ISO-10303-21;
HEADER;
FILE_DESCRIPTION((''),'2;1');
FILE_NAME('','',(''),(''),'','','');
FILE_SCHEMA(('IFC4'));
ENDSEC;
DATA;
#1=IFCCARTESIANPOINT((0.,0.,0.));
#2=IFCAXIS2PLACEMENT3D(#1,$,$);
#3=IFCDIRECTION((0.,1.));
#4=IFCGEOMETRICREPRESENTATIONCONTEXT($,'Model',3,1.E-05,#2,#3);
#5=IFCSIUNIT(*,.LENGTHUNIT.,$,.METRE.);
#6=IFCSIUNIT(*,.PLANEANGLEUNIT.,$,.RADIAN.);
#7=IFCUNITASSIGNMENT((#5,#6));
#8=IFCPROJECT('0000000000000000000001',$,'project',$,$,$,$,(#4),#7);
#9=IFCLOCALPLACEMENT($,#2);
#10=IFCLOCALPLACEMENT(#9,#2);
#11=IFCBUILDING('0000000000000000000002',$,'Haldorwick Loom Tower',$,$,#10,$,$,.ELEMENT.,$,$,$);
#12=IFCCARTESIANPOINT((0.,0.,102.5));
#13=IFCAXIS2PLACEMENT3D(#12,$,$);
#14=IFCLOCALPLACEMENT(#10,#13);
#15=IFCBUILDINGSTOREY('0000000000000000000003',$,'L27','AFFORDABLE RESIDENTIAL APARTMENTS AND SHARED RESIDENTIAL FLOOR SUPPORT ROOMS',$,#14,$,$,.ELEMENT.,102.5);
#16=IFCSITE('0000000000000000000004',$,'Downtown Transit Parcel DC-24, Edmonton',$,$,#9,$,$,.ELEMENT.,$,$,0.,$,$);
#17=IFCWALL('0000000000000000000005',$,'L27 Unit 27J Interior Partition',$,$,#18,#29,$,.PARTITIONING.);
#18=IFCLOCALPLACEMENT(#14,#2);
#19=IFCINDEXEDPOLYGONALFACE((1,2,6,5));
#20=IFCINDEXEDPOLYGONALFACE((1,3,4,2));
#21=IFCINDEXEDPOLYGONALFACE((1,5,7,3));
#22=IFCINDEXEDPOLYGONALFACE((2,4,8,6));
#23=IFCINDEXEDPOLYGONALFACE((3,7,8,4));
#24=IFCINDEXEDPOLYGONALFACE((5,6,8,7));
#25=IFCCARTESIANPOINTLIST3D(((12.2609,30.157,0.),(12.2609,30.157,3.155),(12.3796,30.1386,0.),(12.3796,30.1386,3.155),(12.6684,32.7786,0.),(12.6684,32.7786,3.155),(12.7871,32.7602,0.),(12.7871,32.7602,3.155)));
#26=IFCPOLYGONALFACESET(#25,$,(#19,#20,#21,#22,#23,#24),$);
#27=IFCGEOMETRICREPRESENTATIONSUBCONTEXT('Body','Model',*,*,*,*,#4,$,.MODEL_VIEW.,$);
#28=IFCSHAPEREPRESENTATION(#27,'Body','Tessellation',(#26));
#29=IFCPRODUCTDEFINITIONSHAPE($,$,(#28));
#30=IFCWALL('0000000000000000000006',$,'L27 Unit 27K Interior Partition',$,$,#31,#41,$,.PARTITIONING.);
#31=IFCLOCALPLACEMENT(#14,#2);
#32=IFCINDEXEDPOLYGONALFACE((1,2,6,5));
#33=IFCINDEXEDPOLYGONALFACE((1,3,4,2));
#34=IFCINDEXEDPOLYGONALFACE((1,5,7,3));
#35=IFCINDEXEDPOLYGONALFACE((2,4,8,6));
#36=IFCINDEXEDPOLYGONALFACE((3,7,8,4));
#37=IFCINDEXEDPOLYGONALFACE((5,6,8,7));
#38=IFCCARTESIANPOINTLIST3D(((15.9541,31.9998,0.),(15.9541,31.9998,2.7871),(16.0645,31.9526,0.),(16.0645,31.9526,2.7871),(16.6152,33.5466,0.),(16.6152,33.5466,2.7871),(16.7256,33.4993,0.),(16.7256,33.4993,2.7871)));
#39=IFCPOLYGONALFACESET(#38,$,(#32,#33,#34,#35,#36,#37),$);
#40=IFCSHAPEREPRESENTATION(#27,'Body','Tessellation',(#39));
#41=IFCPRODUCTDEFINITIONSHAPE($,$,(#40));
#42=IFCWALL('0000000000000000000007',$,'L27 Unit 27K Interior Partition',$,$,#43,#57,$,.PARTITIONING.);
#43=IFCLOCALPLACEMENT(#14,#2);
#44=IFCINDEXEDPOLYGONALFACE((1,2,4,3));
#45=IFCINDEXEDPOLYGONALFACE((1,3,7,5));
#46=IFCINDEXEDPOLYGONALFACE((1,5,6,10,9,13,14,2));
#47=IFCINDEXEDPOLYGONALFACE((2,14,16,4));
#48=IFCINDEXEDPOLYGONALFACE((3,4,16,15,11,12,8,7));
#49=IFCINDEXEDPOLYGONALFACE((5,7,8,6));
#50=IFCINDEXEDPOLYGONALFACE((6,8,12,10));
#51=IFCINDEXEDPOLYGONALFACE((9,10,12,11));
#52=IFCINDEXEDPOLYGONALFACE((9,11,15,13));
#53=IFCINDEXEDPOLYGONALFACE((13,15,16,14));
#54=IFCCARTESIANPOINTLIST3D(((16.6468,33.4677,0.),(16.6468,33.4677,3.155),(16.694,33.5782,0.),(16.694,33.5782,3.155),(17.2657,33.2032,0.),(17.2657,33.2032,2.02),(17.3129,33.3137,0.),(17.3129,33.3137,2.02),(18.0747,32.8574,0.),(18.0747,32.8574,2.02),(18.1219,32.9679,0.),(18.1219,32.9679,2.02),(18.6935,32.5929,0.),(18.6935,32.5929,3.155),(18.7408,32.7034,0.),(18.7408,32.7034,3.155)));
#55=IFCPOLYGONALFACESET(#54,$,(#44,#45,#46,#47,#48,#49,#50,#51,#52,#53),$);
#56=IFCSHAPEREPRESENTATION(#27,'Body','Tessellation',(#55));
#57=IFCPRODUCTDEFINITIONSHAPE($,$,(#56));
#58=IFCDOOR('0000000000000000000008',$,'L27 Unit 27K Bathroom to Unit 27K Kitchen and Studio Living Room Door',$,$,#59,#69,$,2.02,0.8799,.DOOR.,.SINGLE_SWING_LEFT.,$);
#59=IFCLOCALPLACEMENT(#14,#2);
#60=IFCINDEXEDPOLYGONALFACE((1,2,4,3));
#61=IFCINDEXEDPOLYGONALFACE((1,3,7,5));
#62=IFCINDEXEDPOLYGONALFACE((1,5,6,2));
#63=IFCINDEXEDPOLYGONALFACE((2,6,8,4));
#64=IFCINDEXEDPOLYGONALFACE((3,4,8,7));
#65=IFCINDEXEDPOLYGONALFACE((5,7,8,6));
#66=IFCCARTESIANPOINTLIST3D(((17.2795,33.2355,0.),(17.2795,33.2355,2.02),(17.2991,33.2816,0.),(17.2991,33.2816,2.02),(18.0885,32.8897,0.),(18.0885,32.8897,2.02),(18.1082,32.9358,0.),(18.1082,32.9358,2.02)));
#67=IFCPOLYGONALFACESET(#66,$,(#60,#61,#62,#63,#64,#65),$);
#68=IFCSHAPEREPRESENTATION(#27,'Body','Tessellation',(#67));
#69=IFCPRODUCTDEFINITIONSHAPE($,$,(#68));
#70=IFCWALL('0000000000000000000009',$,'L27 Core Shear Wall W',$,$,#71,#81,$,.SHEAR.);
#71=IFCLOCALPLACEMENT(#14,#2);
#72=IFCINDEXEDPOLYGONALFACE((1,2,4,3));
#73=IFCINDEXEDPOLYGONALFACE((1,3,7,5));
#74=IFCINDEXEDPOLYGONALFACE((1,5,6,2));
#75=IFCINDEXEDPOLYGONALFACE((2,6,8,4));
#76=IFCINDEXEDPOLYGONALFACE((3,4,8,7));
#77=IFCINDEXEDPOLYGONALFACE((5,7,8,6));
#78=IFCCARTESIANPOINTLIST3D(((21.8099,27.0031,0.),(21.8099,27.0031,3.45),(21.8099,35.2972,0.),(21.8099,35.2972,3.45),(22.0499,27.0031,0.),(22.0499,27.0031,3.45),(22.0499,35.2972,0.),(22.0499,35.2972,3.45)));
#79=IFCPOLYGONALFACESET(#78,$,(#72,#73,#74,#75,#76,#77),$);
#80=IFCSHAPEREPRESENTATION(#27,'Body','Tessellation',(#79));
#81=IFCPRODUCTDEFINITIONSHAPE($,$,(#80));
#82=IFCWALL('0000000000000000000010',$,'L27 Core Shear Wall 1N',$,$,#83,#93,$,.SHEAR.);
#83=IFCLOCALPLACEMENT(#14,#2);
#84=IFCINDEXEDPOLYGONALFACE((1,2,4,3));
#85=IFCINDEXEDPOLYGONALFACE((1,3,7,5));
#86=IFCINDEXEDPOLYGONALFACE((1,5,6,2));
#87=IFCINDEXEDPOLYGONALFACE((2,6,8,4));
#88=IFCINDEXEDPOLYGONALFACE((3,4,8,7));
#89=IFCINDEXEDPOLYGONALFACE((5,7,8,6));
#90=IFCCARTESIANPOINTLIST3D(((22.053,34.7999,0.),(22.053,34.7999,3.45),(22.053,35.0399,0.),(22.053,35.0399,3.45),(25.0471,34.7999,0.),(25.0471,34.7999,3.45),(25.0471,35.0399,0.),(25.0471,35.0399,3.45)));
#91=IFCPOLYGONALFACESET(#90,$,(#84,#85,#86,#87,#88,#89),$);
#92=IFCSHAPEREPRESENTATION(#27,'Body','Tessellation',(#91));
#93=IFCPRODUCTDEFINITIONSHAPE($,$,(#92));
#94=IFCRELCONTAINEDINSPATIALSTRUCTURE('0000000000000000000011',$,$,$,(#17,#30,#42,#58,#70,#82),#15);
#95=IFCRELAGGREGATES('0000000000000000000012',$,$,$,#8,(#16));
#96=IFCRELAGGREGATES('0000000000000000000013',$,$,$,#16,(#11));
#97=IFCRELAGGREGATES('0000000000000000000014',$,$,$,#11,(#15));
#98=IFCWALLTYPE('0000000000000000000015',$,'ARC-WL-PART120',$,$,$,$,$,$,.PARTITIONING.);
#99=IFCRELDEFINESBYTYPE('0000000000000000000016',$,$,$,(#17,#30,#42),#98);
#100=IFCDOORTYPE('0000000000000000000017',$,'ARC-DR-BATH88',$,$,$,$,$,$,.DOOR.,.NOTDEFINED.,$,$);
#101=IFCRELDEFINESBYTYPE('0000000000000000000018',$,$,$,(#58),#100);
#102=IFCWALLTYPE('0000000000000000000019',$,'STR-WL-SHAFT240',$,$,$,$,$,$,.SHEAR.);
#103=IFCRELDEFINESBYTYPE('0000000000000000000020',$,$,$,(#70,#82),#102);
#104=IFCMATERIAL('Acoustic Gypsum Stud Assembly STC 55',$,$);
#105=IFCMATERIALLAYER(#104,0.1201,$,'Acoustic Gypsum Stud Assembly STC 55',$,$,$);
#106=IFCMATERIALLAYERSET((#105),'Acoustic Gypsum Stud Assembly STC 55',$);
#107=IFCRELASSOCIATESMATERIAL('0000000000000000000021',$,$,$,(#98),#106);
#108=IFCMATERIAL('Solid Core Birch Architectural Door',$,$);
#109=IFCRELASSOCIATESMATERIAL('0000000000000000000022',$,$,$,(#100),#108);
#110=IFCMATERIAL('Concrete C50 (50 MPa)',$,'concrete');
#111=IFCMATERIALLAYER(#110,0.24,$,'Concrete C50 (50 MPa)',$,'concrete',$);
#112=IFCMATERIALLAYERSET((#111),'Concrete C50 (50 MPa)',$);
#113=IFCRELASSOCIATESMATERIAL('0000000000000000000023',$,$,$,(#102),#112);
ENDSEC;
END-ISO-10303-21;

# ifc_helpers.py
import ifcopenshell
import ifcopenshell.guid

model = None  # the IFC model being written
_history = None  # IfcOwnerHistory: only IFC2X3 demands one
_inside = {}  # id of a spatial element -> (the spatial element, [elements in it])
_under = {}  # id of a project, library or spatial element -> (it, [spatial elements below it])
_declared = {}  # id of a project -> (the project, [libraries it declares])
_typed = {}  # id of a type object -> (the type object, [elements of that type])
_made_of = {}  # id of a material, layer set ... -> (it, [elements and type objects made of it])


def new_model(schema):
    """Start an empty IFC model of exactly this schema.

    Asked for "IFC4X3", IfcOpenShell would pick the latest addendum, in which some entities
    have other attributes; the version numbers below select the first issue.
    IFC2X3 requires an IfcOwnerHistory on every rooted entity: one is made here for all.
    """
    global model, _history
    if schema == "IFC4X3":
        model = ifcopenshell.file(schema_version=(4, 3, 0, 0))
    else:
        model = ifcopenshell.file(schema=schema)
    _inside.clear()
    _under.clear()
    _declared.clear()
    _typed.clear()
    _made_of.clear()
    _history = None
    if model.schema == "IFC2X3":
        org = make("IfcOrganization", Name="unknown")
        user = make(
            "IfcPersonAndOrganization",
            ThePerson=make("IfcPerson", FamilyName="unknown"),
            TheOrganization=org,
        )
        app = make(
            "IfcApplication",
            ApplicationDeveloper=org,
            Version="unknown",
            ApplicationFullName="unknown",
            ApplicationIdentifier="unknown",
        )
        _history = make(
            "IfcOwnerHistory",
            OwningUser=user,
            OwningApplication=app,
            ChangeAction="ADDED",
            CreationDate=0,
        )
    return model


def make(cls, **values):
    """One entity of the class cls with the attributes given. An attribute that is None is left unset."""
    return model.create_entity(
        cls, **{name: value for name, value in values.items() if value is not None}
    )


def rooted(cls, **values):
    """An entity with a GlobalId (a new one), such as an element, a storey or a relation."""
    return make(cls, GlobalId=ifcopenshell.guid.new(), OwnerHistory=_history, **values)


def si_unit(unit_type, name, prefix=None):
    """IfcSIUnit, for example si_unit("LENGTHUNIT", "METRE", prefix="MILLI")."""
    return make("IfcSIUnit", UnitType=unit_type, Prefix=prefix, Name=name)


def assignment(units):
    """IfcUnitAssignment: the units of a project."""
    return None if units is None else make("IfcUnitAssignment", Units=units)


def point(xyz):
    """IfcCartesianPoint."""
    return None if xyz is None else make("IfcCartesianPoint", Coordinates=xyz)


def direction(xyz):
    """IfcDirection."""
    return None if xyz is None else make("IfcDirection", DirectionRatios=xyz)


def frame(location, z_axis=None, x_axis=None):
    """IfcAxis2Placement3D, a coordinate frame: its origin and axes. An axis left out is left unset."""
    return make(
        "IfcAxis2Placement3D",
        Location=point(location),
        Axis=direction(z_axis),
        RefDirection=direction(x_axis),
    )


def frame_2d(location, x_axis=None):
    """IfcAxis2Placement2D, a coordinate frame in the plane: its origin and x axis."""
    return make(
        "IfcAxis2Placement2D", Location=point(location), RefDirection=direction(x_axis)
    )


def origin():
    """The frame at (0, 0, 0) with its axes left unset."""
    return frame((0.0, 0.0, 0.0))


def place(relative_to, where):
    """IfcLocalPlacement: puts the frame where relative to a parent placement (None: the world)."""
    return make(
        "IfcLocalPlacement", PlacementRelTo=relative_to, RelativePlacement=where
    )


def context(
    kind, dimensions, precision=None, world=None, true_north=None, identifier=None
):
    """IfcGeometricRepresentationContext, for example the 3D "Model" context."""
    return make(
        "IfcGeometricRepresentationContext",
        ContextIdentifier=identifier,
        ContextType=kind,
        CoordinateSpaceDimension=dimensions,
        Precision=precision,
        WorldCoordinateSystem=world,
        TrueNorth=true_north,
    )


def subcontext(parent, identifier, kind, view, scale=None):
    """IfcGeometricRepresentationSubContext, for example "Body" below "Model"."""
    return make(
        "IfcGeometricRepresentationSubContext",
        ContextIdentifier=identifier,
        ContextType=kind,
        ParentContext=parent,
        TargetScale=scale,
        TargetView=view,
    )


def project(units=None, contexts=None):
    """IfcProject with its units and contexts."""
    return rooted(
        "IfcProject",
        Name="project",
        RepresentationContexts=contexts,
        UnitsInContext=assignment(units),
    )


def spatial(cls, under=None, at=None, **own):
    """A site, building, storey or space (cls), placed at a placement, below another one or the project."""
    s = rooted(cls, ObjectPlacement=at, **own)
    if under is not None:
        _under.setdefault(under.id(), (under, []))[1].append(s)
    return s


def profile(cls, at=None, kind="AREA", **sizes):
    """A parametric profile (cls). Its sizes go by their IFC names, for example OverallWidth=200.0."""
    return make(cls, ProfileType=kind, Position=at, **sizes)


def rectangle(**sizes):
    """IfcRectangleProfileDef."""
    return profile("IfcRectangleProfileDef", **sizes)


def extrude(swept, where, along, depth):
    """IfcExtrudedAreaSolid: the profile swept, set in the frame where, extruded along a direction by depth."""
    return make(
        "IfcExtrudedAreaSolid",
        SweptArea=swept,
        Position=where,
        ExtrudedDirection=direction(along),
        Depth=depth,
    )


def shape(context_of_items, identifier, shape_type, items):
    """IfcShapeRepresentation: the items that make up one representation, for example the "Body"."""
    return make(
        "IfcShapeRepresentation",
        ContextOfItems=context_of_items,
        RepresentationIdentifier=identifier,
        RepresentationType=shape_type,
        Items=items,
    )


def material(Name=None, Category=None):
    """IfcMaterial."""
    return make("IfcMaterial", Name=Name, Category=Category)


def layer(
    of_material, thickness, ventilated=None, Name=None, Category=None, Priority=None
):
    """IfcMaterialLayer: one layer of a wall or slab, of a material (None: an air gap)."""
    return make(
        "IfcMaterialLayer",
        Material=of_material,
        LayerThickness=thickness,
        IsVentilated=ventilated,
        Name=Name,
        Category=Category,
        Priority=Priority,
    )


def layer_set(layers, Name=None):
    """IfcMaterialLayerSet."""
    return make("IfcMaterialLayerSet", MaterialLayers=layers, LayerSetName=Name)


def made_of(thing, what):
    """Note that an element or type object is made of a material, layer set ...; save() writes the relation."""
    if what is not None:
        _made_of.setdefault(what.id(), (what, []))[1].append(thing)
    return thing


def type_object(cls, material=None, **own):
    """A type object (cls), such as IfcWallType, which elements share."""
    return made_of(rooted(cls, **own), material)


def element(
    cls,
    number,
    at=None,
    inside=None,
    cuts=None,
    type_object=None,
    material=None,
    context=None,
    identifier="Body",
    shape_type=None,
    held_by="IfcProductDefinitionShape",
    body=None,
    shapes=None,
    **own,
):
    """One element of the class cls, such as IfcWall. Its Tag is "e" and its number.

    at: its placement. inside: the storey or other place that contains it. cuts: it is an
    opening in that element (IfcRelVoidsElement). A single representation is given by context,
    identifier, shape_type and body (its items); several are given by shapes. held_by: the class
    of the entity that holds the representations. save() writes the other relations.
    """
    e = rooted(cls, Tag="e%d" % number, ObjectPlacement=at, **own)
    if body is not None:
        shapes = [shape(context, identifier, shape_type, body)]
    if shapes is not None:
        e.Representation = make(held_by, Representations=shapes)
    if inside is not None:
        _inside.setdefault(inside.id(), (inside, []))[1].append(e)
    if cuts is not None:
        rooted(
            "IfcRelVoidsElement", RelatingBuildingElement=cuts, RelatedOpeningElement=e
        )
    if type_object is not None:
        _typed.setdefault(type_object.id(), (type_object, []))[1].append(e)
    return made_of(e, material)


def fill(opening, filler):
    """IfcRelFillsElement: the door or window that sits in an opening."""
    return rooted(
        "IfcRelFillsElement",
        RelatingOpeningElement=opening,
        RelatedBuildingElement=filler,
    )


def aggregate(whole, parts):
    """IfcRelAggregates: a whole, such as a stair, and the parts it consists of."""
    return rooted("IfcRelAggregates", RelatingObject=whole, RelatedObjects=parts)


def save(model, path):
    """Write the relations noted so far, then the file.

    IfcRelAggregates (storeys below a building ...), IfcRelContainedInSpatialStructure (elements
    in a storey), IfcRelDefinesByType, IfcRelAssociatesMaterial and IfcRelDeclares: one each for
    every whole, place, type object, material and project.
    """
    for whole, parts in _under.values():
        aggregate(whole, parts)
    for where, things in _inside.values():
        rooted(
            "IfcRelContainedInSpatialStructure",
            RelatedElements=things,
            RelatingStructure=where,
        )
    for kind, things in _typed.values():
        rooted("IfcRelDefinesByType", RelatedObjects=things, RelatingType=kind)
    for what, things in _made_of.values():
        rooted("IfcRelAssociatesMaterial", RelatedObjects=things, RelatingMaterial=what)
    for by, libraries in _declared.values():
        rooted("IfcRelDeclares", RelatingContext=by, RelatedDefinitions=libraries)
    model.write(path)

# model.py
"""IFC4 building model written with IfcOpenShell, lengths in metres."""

from ifc_helpers import new_model, si_unit, direction, frame, frame_2d, origin, place, context, subcontext, project, spatial, rectangle, extrude, material, layer, layer_set, type_object, element, fill, save


model = new_model("IFC4")

# Units and contexts
model_context = context("Model", 3, precision=1e-05, world=origin(), true_north=direction((0.0, 1.0)))
body_context = subcontext(model_context, "Body", "Model", "MODEL_VIEW")
ifc_project = project(units=[si_unit("LENGTHUNIT", "METRE"), si_unit("PLANEANGLEUNIT", "RADIAN")], contexts=[model_context])

# Site, building, storey
site_placement = place(None, origin())
site = spatial("IfcSite", under=ifc_project, at=site_placement, Name="Downtown Transit Parcel DC-24, Edmonton", CompositionType="ELEMENT", RefElevation=0.0)
building_placement = place(site_placement, origin())
building = spatial("IfcBuilding", under=site, at=building_placement, Name="Haldorwick Loom Tower", CompositionType="ELEMENT")
storey_placement = place(building_placement, frame((0.0, 0.0, 102.5)))
storey = spatial("IfcBuildingStorey", under=building, at=storey_placement, Name="L27", Description="AFFORDABLE RESIDENTIAL APARTMENTS AND SHARED RESIDENTIAL FLOOR SUPPORT ROOMS", CompositionType="ELEMENT", Elevation=102.5)

# Walls
ifc_material_1 = material(Name="Acoustic Gypsum Stud Assembly STC 55")
ifc_layer_1 = layer(ifc_material_1, 0.1201, Name="Acoustic Gypsum Stud Assembly STC 55")
ifc_layer_set_1 = layer_set([ifc_layer_1], Name="Acoustic Gypsum Stud Assembly STC 55")
wall_type_1 = type_object("IfcWallType", Name="ARC-WL-PART120", PredefinedType="PARTITIONING", material=ifc_layer_set_1)
wall_1_placement = place(storey_placement, frame((12.7278, 32.7695, 0.0), z_axis=(0.0, 0.0, 1.0), x_axis=(-0.153585, -0.988135, 0.0)))
element("IfcWall", 1, at=wall_1_placement, inside=storey, type_object=wall_type_1, Name="L27 Unit 27J Interior Partition", PredefinedType="PARTITIONING", context=body_context, shape_type="SweptSolid", body=[
    extrude(rectangle(XDim=2.6531, YDim=0.1201, at=frame_2d((1.3267, 0.0))), origin(), (0.0, 0.0, 1.0), 3.155),
])
wall_2_placement = place(storey_placement, frame((16.6704, 33.5229, 0.0), z_axis=(0.0, 0.0, 1.0), x_axis=(-0.393008, -0.919535, 0.0)))
element("IfcWall", 2, at=wall_2_placement, inside=storey, type_object=wall_type_1, Name="L27 Unit 27K Interior Partition", PredefinedType="PARTITIONING", context=body_context, shape_type="SweptSolid", body=[
    extrude(rectangle(XDim=1.6821, YDim=0.1201, at=frame_2d((0.8411, 0.0))), origin(), (0.0, 0.0, 1.0), 2.7871),
])

# Wall, opening, door
wall_3_placement = place(storey_placement, frame((18.717, 32.6482, 0.0), z_axis=(0.0, 0.0, 1.0), x_axis=(-0.91953, 0.393019, 0.0)))
wall_3 = element("IfcWall", 3, at=wall_3_placement, inside=storey, type_object=wall_type_1, Name="L27 Unit 27K Interior Partition", PredefinedType="PARTITIONING", context=body_context, shape_type="SweptSolid", body=[
    extrude(rectangle(XDim=2.2258, YDim=0.1201, at=frame_2d((1.1128, 0.0))), origin(), (0.0, 0.0, 1.0), 3.155),
])
opening_1_placement = place(wall_3_placement, frame((0.6729, 0.0, 0.0)))
opening_1 = element("IfcOpeningElement", 4, at=opening_1_placement, cuts=wall_3, PredefinedType="OPENING", context=body_context, shape_type="SweptSolid", body=[
    extrude(rectangle(XDim=0.8799, YDim=2.02, at=frame_2d((0.4399, 1.01))), frame((0.0, 0.0701, 0.0), z_axis=(0.0, -1.0, 0.0), x_axis=(1.0, 0.0, 0.0)), (0.0, 0.0, 1.0), 0.1401),
])
ifc_material_2 = material(Name="Solid Core Birch Architectural Door")
door_type_1 = type_object("IfcDoorType", Name="ARC-DR-BATH88", OperationType="NOTDEFINED", PredefinedType="DOOR", material=ifc_material_2)
door_1_placement = place(opening_1_placement, origin())
door_1 = element("IfcDoor", 5, at=door_1_placement, inside=storey, type_object=door_type_1, Name="L27 Unit 27K Bathroom to Unit 27K Kitchen and Studio Living Room Door", OperationType="SINGLE_SWING_LEFT", OverallHeight=2.02, OverallWidth=0.8799, PredefinedType="DOOR", context=body_context, shape_type="SweptSolid", body=[
    extrude(rectangle(XDim=0.8799, YDim=2.02, at=frame_2d((0.4399, 1.01))), frame((0.0, 0.0249, 0.0), z_axis=(0.0, -1.0, 0.0), x_axis=(1.0, 0.0, 0.0)), (0.0, 0.0, 1.0), 0.05),
])
fill(opening_1, door_1)

# Walls
ifc_material_3 = material(Name="Concrete C50 (50 MPa)", Category="concrete")
ifc_layer_2 = layer(ifc_material_3, 0.24, Name="Concrete C50 (50 MPa)", Category="concrete")
ifc_layer_set_2 = layer_set([ifc_layer_2], Name="Concrete C50 (50 MPa)")
wall_type_2 = type_object("IfcWallType", Name="STR-WL-SHAFT240", PredefinedType="SHEAR", material=ifc_layer_set_2)
wall_4_placement = place(storey_placement, frame((21.9299, 35.2971, 0.0), z_axis=(0.0, 0.0, 1.0), x_axis=(0.0, -1.0, 0.0)))
element("IfcWall", 6, at=wall_4_placement, inside=storey, type_object=wall_type_2, Name="L27 Core Shear Wall W", PredefinedType="SHEAR", context=body_context, shape_type="SweptSolid", body=[
    extrude(rectangle(XDim=8.2942, YDim=0.24, at=frame_2d((4.147, 0.0))), origin(), (0.0, 0.0, 1.0), 3.45),
])
wall_5_placement = place(storey_placement, frame((22.053, 34.9199, 0.0), z_axis=(0.0, 0.0, 1.0), x_axis=(1.0, 0.0, 0.0)))
element("IfcWall", 7, at=wall_5_placement, inside=storey, type_object=wall_type_2, Name="L27 Core Shear Wall 1N", PredefinedType="SHEAR", context=body_context, shape_type="SweptSolid", body=[
    extrude(rectangle(XDim=2.9941, YDim=0.24, at=frame_2d((1.4971, 0.0))), origin(), (0.0, 0.0, 1.0), 3.45),
])

save(model, "model.ifc")
